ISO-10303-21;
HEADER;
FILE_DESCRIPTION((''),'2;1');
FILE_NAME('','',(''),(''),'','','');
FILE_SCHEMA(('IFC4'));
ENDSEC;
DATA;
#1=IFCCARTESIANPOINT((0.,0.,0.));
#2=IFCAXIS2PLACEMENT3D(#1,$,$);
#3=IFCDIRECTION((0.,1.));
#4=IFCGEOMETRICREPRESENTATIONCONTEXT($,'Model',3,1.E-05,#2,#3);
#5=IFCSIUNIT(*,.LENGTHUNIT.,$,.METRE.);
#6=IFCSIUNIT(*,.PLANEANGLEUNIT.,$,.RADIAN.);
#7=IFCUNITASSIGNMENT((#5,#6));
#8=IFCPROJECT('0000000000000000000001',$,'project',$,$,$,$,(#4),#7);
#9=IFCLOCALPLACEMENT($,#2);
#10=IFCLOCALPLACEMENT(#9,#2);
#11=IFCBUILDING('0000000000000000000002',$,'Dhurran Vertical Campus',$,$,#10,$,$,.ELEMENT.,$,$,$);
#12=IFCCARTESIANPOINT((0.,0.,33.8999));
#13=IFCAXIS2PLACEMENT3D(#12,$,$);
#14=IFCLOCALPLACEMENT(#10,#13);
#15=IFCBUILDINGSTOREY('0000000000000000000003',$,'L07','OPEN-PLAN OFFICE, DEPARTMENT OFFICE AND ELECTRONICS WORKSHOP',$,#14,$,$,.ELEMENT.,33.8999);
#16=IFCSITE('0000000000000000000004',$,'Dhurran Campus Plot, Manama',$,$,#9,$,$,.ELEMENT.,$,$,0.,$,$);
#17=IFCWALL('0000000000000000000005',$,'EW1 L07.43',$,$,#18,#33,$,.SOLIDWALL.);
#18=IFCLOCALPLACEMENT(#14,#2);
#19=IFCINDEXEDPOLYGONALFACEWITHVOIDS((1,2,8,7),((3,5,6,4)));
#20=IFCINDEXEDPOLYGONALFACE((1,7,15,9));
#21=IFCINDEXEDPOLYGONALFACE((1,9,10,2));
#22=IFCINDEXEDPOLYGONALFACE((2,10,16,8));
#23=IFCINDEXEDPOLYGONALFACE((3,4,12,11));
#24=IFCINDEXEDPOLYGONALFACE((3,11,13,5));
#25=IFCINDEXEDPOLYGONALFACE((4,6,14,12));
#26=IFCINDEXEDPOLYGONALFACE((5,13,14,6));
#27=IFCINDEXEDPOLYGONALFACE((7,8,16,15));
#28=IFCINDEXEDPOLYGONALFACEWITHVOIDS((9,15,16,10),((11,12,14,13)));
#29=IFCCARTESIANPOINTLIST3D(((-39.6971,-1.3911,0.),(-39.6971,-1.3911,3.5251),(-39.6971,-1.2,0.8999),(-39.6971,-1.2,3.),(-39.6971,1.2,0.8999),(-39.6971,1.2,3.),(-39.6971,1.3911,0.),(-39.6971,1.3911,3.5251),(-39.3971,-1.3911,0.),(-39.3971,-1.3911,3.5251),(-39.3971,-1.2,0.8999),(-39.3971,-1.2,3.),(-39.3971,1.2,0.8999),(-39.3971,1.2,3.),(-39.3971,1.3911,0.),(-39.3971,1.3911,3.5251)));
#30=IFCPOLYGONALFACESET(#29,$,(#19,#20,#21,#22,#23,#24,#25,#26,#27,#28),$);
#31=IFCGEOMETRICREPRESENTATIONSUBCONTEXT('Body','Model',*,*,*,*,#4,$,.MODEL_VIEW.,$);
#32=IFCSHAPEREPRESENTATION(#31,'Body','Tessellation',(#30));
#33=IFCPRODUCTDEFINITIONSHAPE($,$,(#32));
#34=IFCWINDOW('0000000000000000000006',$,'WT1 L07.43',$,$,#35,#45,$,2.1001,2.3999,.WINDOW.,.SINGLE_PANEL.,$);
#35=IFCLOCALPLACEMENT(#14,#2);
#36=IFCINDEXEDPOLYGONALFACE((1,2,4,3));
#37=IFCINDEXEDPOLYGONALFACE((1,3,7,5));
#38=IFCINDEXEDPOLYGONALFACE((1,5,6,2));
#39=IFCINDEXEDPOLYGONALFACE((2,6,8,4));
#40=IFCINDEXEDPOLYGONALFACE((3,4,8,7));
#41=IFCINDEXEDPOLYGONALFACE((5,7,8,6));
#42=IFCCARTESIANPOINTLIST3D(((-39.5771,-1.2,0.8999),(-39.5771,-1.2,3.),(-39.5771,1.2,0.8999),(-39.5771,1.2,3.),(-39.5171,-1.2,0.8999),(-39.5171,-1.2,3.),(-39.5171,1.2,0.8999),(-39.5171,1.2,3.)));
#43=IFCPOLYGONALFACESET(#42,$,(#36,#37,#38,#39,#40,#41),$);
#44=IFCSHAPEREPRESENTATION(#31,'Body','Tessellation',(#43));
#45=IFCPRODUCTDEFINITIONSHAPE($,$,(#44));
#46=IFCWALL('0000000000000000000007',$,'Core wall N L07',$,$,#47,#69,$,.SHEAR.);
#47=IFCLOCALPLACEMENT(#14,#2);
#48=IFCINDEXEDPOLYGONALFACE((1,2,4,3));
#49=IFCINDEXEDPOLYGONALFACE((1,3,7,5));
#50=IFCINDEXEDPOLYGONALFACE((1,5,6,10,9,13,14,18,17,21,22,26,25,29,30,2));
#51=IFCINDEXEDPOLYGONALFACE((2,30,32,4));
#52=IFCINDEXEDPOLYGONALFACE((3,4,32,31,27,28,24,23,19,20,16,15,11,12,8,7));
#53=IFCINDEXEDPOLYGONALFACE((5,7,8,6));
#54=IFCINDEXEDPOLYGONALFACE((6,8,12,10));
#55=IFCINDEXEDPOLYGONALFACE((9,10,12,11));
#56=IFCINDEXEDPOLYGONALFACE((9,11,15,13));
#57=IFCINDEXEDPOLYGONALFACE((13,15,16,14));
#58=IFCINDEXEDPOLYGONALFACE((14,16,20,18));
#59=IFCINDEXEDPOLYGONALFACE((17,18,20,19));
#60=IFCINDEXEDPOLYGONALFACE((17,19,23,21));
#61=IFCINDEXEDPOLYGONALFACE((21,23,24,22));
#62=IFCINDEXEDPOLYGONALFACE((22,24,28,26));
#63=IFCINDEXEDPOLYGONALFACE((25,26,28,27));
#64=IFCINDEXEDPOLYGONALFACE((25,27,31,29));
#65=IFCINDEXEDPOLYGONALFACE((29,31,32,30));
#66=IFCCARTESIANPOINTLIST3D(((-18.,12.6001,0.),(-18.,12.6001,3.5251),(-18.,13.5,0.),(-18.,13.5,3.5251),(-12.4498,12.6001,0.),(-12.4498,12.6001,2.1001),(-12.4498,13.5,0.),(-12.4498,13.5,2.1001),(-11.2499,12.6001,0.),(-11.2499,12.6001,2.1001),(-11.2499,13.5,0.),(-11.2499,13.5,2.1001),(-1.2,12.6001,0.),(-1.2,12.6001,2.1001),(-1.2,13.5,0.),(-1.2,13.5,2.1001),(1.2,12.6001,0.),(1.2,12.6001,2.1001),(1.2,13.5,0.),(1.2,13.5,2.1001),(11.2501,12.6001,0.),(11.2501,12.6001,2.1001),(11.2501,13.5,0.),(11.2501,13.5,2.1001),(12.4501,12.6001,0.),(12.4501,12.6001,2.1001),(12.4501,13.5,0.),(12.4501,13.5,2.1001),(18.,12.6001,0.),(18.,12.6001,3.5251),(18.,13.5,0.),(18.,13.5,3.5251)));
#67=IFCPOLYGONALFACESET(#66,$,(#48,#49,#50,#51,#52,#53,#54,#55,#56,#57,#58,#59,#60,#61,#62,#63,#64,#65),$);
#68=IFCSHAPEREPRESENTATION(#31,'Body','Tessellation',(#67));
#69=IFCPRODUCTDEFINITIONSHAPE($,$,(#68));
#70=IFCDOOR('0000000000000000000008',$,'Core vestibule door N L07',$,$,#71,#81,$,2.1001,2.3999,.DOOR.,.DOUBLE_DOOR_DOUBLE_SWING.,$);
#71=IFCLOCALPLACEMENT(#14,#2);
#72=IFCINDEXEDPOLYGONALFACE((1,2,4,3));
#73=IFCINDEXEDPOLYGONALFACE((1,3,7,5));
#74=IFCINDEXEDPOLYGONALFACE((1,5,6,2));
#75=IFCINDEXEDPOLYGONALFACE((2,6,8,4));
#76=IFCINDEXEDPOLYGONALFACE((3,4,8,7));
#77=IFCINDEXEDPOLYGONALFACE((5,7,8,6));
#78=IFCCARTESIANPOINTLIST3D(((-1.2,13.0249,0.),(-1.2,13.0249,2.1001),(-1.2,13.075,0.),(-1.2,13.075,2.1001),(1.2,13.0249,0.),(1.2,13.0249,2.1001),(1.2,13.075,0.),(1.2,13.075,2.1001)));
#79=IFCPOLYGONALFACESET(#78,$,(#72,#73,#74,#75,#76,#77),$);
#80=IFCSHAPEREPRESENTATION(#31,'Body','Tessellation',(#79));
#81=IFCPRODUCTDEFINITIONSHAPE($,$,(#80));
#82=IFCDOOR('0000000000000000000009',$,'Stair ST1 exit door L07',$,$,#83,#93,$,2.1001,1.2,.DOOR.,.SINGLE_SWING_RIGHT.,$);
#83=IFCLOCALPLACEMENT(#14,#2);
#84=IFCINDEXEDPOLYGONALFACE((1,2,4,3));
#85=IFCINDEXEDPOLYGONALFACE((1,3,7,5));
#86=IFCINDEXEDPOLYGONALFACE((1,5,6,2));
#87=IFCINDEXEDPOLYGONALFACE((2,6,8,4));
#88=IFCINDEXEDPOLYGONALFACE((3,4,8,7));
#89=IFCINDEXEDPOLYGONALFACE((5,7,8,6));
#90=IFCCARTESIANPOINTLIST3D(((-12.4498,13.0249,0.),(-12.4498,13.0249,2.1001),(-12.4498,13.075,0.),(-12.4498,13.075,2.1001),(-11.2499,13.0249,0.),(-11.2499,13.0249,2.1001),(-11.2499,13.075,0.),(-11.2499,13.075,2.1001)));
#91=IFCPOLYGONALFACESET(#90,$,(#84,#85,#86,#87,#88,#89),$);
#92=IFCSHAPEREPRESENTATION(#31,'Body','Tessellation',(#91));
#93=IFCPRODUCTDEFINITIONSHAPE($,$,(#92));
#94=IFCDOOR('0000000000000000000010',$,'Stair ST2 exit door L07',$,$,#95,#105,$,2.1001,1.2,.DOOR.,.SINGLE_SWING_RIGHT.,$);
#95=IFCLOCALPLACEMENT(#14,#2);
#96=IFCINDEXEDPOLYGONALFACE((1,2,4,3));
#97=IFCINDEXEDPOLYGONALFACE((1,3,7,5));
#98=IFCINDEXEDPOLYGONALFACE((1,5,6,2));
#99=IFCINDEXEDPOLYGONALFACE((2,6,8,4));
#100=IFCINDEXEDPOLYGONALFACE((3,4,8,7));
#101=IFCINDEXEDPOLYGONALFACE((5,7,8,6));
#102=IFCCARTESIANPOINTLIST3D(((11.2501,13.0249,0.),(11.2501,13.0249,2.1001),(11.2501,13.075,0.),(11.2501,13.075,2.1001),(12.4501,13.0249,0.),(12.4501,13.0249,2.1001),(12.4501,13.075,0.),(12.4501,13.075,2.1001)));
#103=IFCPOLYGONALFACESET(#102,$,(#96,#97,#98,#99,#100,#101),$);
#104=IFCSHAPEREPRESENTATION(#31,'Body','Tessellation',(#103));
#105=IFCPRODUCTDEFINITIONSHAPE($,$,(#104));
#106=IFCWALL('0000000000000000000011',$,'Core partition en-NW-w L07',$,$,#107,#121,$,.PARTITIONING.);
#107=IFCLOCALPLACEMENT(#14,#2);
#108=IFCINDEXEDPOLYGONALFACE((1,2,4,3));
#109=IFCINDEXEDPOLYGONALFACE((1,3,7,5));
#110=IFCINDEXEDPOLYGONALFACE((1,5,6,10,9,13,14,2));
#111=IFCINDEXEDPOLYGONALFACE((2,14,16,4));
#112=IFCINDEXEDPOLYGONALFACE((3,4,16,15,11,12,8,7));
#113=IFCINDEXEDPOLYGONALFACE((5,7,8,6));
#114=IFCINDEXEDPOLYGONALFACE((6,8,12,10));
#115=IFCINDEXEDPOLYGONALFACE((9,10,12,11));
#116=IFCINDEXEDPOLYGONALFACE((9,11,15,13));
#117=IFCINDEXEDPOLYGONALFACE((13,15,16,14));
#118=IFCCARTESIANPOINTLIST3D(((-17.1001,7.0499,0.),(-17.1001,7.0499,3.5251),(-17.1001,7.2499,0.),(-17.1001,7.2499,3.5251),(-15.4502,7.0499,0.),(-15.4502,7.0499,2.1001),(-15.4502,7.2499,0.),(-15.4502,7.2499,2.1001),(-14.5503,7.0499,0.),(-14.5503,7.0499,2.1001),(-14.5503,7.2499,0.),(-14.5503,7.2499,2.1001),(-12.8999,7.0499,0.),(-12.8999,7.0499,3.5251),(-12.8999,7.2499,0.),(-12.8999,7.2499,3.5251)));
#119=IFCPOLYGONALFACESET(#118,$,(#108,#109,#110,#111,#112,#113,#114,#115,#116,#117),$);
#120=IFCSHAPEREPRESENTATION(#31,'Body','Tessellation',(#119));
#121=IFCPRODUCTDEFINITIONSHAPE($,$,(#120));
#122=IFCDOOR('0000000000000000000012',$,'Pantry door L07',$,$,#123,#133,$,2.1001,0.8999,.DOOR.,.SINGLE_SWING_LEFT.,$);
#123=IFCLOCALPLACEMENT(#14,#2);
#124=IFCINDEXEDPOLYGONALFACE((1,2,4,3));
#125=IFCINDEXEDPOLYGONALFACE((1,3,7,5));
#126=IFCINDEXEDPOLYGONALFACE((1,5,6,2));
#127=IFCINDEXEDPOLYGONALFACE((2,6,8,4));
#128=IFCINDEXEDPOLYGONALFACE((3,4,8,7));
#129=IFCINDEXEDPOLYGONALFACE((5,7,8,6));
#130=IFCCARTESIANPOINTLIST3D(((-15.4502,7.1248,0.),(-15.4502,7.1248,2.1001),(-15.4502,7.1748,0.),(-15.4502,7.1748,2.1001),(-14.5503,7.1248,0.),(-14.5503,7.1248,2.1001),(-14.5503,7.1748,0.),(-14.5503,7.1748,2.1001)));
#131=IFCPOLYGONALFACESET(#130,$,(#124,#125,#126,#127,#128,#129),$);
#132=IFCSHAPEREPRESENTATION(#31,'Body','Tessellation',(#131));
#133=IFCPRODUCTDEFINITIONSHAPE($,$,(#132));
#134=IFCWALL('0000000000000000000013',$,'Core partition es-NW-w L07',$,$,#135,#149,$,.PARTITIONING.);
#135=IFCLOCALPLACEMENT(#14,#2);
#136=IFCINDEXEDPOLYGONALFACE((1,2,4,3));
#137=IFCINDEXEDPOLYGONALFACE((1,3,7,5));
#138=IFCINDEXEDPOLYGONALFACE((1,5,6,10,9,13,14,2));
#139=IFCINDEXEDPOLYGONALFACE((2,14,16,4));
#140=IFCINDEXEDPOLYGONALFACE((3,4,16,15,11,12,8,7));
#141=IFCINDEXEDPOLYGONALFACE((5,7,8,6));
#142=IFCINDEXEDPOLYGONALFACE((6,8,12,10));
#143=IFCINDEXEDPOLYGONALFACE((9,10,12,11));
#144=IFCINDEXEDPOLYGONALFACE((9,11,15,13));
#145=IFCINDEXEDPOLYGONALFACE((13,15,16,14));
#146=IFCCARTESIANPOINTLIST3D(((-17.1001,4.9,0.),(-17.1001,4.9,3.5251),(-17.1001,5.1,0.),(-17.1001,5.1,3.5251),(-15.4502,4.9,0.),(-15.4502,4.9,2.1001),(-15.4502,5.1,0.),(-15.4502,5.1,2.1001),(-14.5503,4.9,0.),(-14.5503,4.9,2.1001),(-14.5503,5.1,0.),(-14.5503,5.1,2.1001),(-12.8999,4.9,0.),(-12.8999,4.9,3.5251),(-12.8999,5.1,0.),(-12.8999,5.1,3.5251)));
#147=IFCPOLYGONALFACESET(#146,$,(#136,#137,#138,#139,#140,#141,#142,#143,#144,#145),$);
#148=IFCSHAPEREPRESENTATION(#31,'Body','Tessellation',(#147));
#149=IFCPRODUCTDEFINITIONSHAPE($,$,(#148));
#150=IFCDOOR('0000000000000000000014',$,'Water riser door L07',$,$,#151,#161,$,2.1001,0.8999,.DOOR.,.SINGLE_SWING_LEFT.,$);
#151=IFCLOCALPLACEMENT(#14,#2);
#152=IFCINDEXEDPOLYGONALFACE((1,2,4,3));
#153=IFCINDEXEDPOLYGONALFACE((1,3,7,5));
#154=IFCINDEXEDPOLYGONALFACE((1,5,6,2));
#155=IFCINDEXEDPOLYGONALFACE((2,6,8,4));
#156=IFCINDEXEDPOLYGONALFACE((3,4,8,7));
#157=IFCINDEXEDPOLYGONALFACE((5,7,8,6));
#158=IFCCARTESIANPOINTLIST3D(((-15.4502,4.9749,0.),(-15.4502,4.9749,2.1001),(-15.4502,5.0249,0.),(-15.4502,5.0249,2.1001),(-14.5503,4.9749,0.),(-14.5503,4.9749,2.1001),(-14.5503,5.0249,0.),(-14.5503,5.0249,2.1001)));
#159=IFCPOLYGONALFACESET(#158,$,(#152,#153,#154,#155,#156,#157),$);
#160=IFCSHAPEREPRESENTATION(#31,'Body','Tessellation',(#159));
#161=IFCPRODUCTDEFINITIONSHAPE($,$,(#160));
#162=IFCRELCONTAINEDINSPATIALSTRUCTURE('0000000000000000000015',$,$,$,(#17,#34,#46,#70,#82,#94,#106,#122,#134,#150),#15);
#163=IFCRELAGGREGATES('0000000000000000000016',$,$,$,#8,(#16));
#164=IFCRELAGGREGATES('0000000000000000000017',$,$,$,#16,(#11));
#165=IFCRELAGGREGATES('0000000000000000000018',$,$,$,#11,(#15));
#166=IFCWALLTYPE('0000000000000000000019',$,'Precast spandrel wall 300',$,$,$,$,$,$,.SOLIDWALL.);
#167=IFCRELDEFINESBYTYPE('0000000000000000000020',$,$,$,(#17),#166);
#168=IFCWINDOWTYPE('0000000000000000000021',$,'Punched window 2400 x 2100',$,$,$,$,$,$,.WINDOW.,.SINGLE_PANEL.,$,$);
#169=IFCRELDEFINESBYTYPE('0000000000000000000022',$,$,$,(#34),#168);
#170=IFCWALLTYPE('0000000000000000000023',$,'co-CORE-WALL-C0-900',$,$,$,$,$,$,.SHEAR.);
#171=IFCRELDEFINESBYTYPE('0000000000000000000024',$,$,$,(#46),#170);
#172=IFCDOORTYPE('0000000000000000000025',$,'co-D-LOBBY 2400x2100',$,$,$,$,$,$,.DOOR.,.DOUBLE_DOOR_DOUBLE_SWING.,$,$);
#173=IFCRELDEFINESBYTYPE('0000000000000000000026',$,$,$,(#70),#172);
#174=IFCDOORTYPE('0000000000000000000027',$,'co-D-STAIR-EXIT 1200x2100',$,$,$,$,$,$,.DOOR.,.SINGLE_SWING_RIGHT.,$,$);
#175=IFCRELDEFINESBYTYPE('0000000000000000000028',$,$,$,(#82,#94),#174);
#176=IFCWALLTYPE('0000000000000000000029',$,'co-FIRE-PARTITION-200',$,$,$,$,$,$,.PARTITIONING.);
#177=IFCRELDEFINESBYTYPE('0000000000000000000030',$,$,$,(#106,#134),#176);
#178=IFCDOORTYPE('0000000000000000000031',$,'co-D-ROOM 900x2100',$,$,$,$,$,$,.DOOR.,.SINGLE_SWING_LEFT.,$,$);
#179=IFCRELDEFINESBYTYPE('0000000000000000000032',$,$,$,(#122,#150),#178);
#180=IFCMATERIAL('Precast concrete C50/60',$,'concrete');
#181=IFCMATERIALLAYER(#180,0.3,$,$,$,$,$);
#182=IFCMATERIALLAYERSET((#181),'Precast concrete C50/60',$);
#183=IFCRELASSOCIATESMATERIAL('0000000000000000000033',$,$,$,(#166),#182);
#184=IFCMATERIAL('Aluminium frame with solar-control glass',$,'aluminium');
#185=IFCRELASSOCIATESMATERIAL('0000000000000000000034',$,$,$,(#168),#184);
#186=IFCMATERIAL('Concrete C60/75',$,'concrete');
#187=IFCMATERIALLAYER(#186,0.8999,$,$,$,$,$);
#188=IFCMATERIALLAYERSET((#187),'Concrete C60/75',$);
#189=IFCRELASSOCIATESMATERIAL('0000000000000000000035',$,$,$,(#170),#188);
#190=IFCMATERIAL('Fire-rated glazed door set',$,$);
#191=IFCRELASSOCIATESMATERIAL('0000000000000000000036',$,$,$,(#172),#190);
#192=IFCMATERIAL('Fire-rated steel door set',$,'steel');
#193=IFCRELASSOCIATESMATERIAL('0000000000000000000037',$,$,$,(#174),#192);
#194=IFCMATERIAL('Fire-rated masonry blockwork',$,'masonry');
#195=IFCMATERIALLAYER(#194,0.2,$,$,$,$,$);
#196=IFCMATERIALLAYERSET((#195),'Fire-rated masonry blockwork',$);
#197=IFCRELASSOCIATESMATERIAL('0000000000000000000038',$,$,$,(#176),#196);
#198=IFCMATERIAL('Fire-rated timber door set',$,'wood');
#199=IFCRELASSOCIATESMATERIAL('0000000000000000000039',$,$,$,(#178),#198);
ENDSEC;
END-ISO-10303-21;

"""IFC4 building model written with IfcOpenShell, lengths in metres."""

from ifc_helpers import new_model, si_unit, direction, frame, frame_2d, origin, place, context, subcontext, project, spatial, rectangle, extrude, material, layer, layer_set, type_object, element, fill, save


model = new_model("IFC4")

# Units and contexts
model_context = context("Model", 3, precision=1e-05, world=origin(), true_north=direction((0.0, 1.0)))
body_context = subcontext(model_context, "Body", "Model", "MODEL_VIEW")
ifc_project = project(units=[si_unit("LENGTHUNIT", "METRE"), si_unit("PLANEANGLEUNIT", "RADIAN")], contexts=[model_context])

# Site, building, storey
site_placement = place(None, origin())
site = spatial("IfcSite", under=ifc_project, at=site_placement, Name="Dhurran Campus Plot, Manama", CompositionType="ELEMENT", RefElevation=0.0)
building_placement = place(site_placement, origin())
building = spatial("IfcBuilding", under=site, at=building_placement, Name="Dhurran Vertical Campus", CompositionType="ELEMENT")
storey_placement = place(building_placement, frame((0.0, 0.0, 33.8999)))
storey = spatial("IfcBuildingStorey", under=building, at=storey_placement, Name="L07", Description="OPEN-PLAN OFFICE, DEPARTMENT OFFICE AND ELECTRONICS WORKSHOP", CompositionType="ELEMENT", Elevation=33.8999)

# Wall, opening, window
ifc_material_1 = material(Name="Precast concrete C50/60", Category="concrete")
ifc_layer_1 = layer(ifc_material_1, 0.3)
ifc_layer_set_1 = layer_set([ifc_layer_1], Name="Precast concrete C50/60")
wall_type_1 = type_object("IfcWallType", Name="Precast spandrel wall 300", PredefinedType="SOLIDWALL", material=ifc_layer_set_1)
ifc_material_2 = material(Name="Aluminium frame with solar-control glass", Category="aluminium")
window_type = type_object("IfcWindowType", Name="Punched window 2400 x 2100", PartitioningType="SINGLE_PANEL", PredefinedType="WINDOW", material=ifc_material_2)
wall_1_placement = place(storey_placement, frame((-39.5471, 1.3911, 0.0), z_axis=(0.0, 0.0, 1.0), x_axis=(0.0, -1.0, 0.0)))
wall_1 = element("IfcWall", 1, at=wall_1_placement, inside=storey, type_object=wall_type_1, Name="EW1 L07.43", PredefinedType="SOLIDWALL", context=body_context, shape_type="SweptSolid", body=[
    extrude(rectangle(XDim=2.7822, YDim=0.3, at=frame_2d((1.3911, 0.0))), origin(), (0.0, 0.0, 1.0), 3.5251),
])
opening_1_placement = place(wall_1_placement, frame((0.1912, 0.0, 0.8999)))
opening_1 = element("IfcOpeningElement", 2, at=opening_1_placement, cuts=wall_1, PredefinedType="OPENING", context=body_context, shape_type="SweptSolid", body=[
    extrude(rectangle(XDim=2.3999, YDim=2.1001, at=frame_2d((1.2, 1.05))), frame((0.0, 0.1599, 0.0), z_axis=(0.0, -1.0, 0.0), x_axis=(1.0, 0.0, 0.0)), (0.0, 0.0, 1.0), 0.3201),
])
window_1_placement = place(opening_1_placement, origin())
window_1 = element("IfcWindow", 3, at=window_1_placement, inside=storey, type_object=window_type, Name="WT1 L07.43", OverallHeight=2.1001, OverallWidth=2.3999, PartitioningType="SINGLE_PANEL", PredefinedType="WINDOW", context=body_context, shape_type="SweptSolid", body=[
    extrude(rectangle(XDim=2.3999, YDim=2.1001, at=frame_2d((1.2, 1.05))), frame((0.0, 0.03, 0.0), z_axis=(0.0, -1.0, 0.0), x_axis=(1.0, 0.0, 0.0)), (0.0, 0.0, 1.0), 0.0601),
])
fill(opening_1, window_1)

# Wall, openings, doors
ifc_material_3 = material(Name="Concrete C60/75", Category="concrete")
ifc_layer_2 = layer(ifc_material_3, 0.8999)
ifc_layer_set_2 = layer_set([ifc_layer_2], Name="Concrete C60/75")
wall_type_2 = type_object("IfcWallType", Name="co-CORE-WALL-C0-900", PredefinedType="SHEAR", material=ifc_layer_set_2)
wall_2_placement = place(storey_placement, frame((-18.0, 13.05, 0.0), z_axis=(0.0, 0.0, 1.0), x_axis=(1.0, 0.0, 0.0)))
wall_2 = element("IfcWall", 4, at=wall_2_placement, inside=storey, type_object=wall_type_2, Name="Core wall N L07", PredefinedType="SHEAR", context=body_context, shape_type="SweptSolid", body=[
    extrude(rectangle(XDim=36.0, YDim=0.8999, at=frame_2d((18.0, 0.0))), origin(), (0.0, 0.0, 1.0), 3.5251),
])
opening_2_placement = place(wall_2_placement, frame((16.8, 0.0, 0.0)))
opening_2 = element("IfcOpeningElement", 5, at=opening_2_placement, cuts=wall_2, PredefinedType="OPENING", context=body_context, shape_type="SweptSolid", body=[
    extrude(rectangle(XDim=2.3999, YDim=2.1001, at=frame_2d((1.2, 1.05))), frame((0.0, 0.46, 0.0), z_axis=(0.0, -1.0, 0.0), x_axis=(1.0, 0.0, 0.0)), (0.0, 0.0, 1.0), 0.9199),
])
opening_3_placement = place(wall_2_placement, frame((5.55, 0.0, 0.0)))
opening_3 = element("IfcOpeningElement", 6, at=opening_3_placement, cuts=wall_2, PredefinedType="OPENING", context=body_context, shape_type="SweptSolid", body=[
    extrude(rectangle(XDim=1.2, YDim=2.1001, at=frame_2d((0.6001, 1.05))), frame((0.0, 0.46, 0.0), z_axis=(0.0, -1.0, 0.0), x_axis=(1.0, 0.0, 0.0)), (0.0, 0.0, 1.0), 0.9199),
])
opening_4_placement = place(wall_2_placement, frame((29.25, 0.0, 0.0)))
opening_4 = element("IfcOpeningElement", 7, at=opening_4_placement, cuts=wall_2, PredefinedType="OPENING", context=body_context, shape_type="SweptSolid", body=[
    extrude(rectangle(XDim=1.2, YDim=2.1001, at=frame_2d((0.6001, 1.05))), frame((0.0, 0.46, 0.0), z_axis=(0.0, -1.0, 0.0), x_axis=(1.0, 0.0, 0.0)), (0.0, 0.0, 1.0), 0.9199),
])
ifc_material_4 = material(Name="Fire-rated glazed door set")
door_type_1 = type_object("IfcDoorType", Name="co-D-LOBBY 2400x2100", OperationType="DOUBLE_DOOR_DOUBLE_SWING", PredefinedType="DOOR", material=ifc_material_4)
door_1_placement = place(opening_2_placement, origin())
door_1 = element("IfcDoor", 8, at=door_1_placement, inside=storey, type_object=door_type_1, Name="Core vestibule door N L07", OperationType="DOUBLE_DOOR_DOUBLE_SWING", OverallHeight=2.1001, OverallWidth=2.3999, PredefinedType="DOOR", context=body_context, shape_type="SweptSolid", body=[
    extrude(rectangle(XDim=2.3999, YDim=2.1001, at=frame_2d((1.2, 1.05))), frame((0.0, 0.0249, 0.0), z_axis=(0.0, -1.0, 0.0), x_axis=(1.0, 0.0, 0.0)), (0.0, 0.0, 1.0), 0.05),
])
fill(opening_2, door_1)
ifc_material_5 = material(Name="Fire-rated steel door set", Category="steel")
door_type_2 = type_object("IfcDoorType", Name="co-D-STAIR-EXIT 1200x2100", OperationType="SINGLE_SWING_RIGHT", PredefinedType="DOOR", material=ifc_material_5)
door_2_placement = place(opening_3_placement, origin())
door_2 = element("IfcDoor", 9, at=door_2_placement, inside=storey, type_object=door_type_2, Name="Stair ST1 exit door L07", OperationType="SINGLE_SWING_RIGHT", OverallHeight=2.1001, OverallWidth=1.2, PredefinedType="DOOR", context=body_context, shape_type="SweptSolid", body=[
    extrude(rectangle(XDim=1.2, YDim=2.1001, at=frame_2d((0.6001, 1.05))), frame((0.0, 0.0249, 0.0), z_axis=(0.0, -1.0, 0.0), x_axis=(1.0, 0.0, 0.0)), (0.0, 0.0, 1.0), 0.05),
])
fill(opening_3, door_2)
door_3_placement = place(opening_4_placement, origin())
door_3 = element("IfcDoor", 10, at=door_3_placement, inside=storey, type_object=door_type_2, Name="Stair ST2 exit door L07", OperationType="SINGLE_SWING_RIGHT", OverallHeight=2.1001, OverallWidth=1.2, PredefinedType="DOOR", context=body_context, shape_type="SweptSolid", body=[
    extrude(rectangle(XDim=1.2, YDim=2.1001, at=frame_2d((0.6001, 1.05))), frame((0.0, 0.0249, 0.0), z_axis=(0.0, -1.0, 0.0), x_axis=(1.0, 0.0, 0.0)), (0.0, 0.0, 1.0), 0.05),
])
fill(opening_4, door_3)

# Walls, openings, doors
ifc_material_6 = material(Name="Fire-rated masonry blockwork", Category="masonry")
ifc_layer_3 = layer(ifc_material_6, 0.2)
ifc_layer_set_3 = layer_set([ifc_layer_3], Name="Fire-rated masonry blockwork")
wall_type_3 = type_object("IfcWallType", Name="co-FIRE-PARTITION-200", PredefinedType="PARTITIONING", material=ifc_layer_set_3)
wall_3_placement = place(storey_placement, frame((-17.1001, 7.1499, 0.0), z_axis=(0.0, 0.0, 1.0), x_axis=(1.0, 0.0, 0.0)))
wall_3 = element("IfcWall", 11, at=wall_3_placement, inside=storey, type_object=wall_type_3, Name="Core partition en-NW-w L07", PredefinedType="PARTITIONING", context=body_context, shape_type="SweptSolid", body=[
    extrude(rectangle(XDim=4.2002, YDim=0.2, at=frame_2d((2.1001, 0.0))), origin(), (0.0, 0.0, 1.0), 3.5251),
])
opening_5_placement = place(wall_3_placement, frame((1.6499, 0.0, 0.0)))
opening_5 = element("IfcOpeningElement", 12, at=opening_5_placement, cuts=wall_3, PredefinedType="OPENING", context=body_context, shape_type="SweptSolid", body=[
    extrude(rectangle(XDim=0.8999, YDim=2.1001, at=frame_2d((0.45, 1.05))), frame((0.0, 0.1099, 0.0), z_axis=(0.0, -1.0, 0.0), x_axis=(1.0, 0.0, 0.0)), (0.0, 0.0, 1.0), 0.22),
])
ifc_material_7 = material(Name="Fire-rated timber door set", Category="wood")
door_type_3 = type_object("IfcDoorType", Name="co-D-ROOM 900x2100", OperationType="SINGLE_SWING_LEFT", PredefinedType="DOOR", material=ifc_material_7)
door_4_placement = place(opening_5_placement, origin())
door_4 = element("IfcDoor", 13, at=door_4_placement, inside=storey, type_object=door_type_3, Name="Pantry door L07", OperationType="SINGLE_SWING_LEFT", OverallHeight=2.1001, OverallWidth=0.8999, PredefinedType="DOOR", context=body_context, shape_type="SweptSolid", body=[
    extrude(rectangle(XDim=0.8999, YDim=2.1001, at=frame_2d((0.45, 1.05))), frame((0.0, 0.0249, 0.0), z_axis=(0.0, -1.0, 0.0), x_axis=(1.0, 0.0, 0.0)), (0.0, 0.0, 1.0), 0.05),
])
fill(opening_5, door_4)
wall_4_placement = place(storey_placement, frame((-17.1001, 5.0, 0.0), z_axis=(0.0, 0.0, 1.0), x_axis=(1.0, 0.0, 0.0)))
wall_4 = element("IfcWall", 14, at=wall_4_placement, inside=storey, type_object=wall_type_3, Name="Core partition es-NW-w L07", PredefinedType="PARTITIONING", context=body_context, shape_type="SweptSolid", body=[
    extrude(rectangle(XDim=4.2002, YDim=0.2, at=frame_2d((2.1001, 0.0))), origin(), (0.0, 0.0, 1.0), 3.5251),
])
opening_6_placement = place(wall_4_placement, frame((1.6499, 0.0, 0.0)))
opening_6 = element("IfcOpeningElement", 15, at=opening_6_placement, cuts=wall_4, PredefinedType="OPENING", context=body_context, shape_type="SweptSolid", body=[
    extrude(rectangle(XDim=0.8999, YDim=2.1001, at=frame_2d((0.45, 1.05))), frame((0.0, 0.1099, 0.0), z_axis=(0.0, -1.0, 0.0), x_axis=(1.0, 0.0, 0.0)), (0.0, 0.0, 1.0), 0.22),
])
door_5_placement = place(opening_6_placement, origin())
door_5 = element("IfcDoor", 16, at=door_5_placement, inside=storey, type_object=door_type_3, Name="Water riser door L07", OperationType="SINGLE_SWING_LEFT", OverallHeight=2.1001, OverallWidth=0.8999, PredefinedType="DOOR", context=body_context, shape_type="SweptSolid", body=[
    extrude(rectangle(XDim=0.8999, YDim=2.1001, at=frame_2d((0.45, 1.05))), frame((0.0, 0.0249, 0.0), z_axis=(0.0, -1.0, 0.0), x_axis=(1.0, 0.0, 0.0)), (0.0, 0.0, 1.0), 0.05),
])
fill(opening_6, door_5)

save(model, "model.ifc")
